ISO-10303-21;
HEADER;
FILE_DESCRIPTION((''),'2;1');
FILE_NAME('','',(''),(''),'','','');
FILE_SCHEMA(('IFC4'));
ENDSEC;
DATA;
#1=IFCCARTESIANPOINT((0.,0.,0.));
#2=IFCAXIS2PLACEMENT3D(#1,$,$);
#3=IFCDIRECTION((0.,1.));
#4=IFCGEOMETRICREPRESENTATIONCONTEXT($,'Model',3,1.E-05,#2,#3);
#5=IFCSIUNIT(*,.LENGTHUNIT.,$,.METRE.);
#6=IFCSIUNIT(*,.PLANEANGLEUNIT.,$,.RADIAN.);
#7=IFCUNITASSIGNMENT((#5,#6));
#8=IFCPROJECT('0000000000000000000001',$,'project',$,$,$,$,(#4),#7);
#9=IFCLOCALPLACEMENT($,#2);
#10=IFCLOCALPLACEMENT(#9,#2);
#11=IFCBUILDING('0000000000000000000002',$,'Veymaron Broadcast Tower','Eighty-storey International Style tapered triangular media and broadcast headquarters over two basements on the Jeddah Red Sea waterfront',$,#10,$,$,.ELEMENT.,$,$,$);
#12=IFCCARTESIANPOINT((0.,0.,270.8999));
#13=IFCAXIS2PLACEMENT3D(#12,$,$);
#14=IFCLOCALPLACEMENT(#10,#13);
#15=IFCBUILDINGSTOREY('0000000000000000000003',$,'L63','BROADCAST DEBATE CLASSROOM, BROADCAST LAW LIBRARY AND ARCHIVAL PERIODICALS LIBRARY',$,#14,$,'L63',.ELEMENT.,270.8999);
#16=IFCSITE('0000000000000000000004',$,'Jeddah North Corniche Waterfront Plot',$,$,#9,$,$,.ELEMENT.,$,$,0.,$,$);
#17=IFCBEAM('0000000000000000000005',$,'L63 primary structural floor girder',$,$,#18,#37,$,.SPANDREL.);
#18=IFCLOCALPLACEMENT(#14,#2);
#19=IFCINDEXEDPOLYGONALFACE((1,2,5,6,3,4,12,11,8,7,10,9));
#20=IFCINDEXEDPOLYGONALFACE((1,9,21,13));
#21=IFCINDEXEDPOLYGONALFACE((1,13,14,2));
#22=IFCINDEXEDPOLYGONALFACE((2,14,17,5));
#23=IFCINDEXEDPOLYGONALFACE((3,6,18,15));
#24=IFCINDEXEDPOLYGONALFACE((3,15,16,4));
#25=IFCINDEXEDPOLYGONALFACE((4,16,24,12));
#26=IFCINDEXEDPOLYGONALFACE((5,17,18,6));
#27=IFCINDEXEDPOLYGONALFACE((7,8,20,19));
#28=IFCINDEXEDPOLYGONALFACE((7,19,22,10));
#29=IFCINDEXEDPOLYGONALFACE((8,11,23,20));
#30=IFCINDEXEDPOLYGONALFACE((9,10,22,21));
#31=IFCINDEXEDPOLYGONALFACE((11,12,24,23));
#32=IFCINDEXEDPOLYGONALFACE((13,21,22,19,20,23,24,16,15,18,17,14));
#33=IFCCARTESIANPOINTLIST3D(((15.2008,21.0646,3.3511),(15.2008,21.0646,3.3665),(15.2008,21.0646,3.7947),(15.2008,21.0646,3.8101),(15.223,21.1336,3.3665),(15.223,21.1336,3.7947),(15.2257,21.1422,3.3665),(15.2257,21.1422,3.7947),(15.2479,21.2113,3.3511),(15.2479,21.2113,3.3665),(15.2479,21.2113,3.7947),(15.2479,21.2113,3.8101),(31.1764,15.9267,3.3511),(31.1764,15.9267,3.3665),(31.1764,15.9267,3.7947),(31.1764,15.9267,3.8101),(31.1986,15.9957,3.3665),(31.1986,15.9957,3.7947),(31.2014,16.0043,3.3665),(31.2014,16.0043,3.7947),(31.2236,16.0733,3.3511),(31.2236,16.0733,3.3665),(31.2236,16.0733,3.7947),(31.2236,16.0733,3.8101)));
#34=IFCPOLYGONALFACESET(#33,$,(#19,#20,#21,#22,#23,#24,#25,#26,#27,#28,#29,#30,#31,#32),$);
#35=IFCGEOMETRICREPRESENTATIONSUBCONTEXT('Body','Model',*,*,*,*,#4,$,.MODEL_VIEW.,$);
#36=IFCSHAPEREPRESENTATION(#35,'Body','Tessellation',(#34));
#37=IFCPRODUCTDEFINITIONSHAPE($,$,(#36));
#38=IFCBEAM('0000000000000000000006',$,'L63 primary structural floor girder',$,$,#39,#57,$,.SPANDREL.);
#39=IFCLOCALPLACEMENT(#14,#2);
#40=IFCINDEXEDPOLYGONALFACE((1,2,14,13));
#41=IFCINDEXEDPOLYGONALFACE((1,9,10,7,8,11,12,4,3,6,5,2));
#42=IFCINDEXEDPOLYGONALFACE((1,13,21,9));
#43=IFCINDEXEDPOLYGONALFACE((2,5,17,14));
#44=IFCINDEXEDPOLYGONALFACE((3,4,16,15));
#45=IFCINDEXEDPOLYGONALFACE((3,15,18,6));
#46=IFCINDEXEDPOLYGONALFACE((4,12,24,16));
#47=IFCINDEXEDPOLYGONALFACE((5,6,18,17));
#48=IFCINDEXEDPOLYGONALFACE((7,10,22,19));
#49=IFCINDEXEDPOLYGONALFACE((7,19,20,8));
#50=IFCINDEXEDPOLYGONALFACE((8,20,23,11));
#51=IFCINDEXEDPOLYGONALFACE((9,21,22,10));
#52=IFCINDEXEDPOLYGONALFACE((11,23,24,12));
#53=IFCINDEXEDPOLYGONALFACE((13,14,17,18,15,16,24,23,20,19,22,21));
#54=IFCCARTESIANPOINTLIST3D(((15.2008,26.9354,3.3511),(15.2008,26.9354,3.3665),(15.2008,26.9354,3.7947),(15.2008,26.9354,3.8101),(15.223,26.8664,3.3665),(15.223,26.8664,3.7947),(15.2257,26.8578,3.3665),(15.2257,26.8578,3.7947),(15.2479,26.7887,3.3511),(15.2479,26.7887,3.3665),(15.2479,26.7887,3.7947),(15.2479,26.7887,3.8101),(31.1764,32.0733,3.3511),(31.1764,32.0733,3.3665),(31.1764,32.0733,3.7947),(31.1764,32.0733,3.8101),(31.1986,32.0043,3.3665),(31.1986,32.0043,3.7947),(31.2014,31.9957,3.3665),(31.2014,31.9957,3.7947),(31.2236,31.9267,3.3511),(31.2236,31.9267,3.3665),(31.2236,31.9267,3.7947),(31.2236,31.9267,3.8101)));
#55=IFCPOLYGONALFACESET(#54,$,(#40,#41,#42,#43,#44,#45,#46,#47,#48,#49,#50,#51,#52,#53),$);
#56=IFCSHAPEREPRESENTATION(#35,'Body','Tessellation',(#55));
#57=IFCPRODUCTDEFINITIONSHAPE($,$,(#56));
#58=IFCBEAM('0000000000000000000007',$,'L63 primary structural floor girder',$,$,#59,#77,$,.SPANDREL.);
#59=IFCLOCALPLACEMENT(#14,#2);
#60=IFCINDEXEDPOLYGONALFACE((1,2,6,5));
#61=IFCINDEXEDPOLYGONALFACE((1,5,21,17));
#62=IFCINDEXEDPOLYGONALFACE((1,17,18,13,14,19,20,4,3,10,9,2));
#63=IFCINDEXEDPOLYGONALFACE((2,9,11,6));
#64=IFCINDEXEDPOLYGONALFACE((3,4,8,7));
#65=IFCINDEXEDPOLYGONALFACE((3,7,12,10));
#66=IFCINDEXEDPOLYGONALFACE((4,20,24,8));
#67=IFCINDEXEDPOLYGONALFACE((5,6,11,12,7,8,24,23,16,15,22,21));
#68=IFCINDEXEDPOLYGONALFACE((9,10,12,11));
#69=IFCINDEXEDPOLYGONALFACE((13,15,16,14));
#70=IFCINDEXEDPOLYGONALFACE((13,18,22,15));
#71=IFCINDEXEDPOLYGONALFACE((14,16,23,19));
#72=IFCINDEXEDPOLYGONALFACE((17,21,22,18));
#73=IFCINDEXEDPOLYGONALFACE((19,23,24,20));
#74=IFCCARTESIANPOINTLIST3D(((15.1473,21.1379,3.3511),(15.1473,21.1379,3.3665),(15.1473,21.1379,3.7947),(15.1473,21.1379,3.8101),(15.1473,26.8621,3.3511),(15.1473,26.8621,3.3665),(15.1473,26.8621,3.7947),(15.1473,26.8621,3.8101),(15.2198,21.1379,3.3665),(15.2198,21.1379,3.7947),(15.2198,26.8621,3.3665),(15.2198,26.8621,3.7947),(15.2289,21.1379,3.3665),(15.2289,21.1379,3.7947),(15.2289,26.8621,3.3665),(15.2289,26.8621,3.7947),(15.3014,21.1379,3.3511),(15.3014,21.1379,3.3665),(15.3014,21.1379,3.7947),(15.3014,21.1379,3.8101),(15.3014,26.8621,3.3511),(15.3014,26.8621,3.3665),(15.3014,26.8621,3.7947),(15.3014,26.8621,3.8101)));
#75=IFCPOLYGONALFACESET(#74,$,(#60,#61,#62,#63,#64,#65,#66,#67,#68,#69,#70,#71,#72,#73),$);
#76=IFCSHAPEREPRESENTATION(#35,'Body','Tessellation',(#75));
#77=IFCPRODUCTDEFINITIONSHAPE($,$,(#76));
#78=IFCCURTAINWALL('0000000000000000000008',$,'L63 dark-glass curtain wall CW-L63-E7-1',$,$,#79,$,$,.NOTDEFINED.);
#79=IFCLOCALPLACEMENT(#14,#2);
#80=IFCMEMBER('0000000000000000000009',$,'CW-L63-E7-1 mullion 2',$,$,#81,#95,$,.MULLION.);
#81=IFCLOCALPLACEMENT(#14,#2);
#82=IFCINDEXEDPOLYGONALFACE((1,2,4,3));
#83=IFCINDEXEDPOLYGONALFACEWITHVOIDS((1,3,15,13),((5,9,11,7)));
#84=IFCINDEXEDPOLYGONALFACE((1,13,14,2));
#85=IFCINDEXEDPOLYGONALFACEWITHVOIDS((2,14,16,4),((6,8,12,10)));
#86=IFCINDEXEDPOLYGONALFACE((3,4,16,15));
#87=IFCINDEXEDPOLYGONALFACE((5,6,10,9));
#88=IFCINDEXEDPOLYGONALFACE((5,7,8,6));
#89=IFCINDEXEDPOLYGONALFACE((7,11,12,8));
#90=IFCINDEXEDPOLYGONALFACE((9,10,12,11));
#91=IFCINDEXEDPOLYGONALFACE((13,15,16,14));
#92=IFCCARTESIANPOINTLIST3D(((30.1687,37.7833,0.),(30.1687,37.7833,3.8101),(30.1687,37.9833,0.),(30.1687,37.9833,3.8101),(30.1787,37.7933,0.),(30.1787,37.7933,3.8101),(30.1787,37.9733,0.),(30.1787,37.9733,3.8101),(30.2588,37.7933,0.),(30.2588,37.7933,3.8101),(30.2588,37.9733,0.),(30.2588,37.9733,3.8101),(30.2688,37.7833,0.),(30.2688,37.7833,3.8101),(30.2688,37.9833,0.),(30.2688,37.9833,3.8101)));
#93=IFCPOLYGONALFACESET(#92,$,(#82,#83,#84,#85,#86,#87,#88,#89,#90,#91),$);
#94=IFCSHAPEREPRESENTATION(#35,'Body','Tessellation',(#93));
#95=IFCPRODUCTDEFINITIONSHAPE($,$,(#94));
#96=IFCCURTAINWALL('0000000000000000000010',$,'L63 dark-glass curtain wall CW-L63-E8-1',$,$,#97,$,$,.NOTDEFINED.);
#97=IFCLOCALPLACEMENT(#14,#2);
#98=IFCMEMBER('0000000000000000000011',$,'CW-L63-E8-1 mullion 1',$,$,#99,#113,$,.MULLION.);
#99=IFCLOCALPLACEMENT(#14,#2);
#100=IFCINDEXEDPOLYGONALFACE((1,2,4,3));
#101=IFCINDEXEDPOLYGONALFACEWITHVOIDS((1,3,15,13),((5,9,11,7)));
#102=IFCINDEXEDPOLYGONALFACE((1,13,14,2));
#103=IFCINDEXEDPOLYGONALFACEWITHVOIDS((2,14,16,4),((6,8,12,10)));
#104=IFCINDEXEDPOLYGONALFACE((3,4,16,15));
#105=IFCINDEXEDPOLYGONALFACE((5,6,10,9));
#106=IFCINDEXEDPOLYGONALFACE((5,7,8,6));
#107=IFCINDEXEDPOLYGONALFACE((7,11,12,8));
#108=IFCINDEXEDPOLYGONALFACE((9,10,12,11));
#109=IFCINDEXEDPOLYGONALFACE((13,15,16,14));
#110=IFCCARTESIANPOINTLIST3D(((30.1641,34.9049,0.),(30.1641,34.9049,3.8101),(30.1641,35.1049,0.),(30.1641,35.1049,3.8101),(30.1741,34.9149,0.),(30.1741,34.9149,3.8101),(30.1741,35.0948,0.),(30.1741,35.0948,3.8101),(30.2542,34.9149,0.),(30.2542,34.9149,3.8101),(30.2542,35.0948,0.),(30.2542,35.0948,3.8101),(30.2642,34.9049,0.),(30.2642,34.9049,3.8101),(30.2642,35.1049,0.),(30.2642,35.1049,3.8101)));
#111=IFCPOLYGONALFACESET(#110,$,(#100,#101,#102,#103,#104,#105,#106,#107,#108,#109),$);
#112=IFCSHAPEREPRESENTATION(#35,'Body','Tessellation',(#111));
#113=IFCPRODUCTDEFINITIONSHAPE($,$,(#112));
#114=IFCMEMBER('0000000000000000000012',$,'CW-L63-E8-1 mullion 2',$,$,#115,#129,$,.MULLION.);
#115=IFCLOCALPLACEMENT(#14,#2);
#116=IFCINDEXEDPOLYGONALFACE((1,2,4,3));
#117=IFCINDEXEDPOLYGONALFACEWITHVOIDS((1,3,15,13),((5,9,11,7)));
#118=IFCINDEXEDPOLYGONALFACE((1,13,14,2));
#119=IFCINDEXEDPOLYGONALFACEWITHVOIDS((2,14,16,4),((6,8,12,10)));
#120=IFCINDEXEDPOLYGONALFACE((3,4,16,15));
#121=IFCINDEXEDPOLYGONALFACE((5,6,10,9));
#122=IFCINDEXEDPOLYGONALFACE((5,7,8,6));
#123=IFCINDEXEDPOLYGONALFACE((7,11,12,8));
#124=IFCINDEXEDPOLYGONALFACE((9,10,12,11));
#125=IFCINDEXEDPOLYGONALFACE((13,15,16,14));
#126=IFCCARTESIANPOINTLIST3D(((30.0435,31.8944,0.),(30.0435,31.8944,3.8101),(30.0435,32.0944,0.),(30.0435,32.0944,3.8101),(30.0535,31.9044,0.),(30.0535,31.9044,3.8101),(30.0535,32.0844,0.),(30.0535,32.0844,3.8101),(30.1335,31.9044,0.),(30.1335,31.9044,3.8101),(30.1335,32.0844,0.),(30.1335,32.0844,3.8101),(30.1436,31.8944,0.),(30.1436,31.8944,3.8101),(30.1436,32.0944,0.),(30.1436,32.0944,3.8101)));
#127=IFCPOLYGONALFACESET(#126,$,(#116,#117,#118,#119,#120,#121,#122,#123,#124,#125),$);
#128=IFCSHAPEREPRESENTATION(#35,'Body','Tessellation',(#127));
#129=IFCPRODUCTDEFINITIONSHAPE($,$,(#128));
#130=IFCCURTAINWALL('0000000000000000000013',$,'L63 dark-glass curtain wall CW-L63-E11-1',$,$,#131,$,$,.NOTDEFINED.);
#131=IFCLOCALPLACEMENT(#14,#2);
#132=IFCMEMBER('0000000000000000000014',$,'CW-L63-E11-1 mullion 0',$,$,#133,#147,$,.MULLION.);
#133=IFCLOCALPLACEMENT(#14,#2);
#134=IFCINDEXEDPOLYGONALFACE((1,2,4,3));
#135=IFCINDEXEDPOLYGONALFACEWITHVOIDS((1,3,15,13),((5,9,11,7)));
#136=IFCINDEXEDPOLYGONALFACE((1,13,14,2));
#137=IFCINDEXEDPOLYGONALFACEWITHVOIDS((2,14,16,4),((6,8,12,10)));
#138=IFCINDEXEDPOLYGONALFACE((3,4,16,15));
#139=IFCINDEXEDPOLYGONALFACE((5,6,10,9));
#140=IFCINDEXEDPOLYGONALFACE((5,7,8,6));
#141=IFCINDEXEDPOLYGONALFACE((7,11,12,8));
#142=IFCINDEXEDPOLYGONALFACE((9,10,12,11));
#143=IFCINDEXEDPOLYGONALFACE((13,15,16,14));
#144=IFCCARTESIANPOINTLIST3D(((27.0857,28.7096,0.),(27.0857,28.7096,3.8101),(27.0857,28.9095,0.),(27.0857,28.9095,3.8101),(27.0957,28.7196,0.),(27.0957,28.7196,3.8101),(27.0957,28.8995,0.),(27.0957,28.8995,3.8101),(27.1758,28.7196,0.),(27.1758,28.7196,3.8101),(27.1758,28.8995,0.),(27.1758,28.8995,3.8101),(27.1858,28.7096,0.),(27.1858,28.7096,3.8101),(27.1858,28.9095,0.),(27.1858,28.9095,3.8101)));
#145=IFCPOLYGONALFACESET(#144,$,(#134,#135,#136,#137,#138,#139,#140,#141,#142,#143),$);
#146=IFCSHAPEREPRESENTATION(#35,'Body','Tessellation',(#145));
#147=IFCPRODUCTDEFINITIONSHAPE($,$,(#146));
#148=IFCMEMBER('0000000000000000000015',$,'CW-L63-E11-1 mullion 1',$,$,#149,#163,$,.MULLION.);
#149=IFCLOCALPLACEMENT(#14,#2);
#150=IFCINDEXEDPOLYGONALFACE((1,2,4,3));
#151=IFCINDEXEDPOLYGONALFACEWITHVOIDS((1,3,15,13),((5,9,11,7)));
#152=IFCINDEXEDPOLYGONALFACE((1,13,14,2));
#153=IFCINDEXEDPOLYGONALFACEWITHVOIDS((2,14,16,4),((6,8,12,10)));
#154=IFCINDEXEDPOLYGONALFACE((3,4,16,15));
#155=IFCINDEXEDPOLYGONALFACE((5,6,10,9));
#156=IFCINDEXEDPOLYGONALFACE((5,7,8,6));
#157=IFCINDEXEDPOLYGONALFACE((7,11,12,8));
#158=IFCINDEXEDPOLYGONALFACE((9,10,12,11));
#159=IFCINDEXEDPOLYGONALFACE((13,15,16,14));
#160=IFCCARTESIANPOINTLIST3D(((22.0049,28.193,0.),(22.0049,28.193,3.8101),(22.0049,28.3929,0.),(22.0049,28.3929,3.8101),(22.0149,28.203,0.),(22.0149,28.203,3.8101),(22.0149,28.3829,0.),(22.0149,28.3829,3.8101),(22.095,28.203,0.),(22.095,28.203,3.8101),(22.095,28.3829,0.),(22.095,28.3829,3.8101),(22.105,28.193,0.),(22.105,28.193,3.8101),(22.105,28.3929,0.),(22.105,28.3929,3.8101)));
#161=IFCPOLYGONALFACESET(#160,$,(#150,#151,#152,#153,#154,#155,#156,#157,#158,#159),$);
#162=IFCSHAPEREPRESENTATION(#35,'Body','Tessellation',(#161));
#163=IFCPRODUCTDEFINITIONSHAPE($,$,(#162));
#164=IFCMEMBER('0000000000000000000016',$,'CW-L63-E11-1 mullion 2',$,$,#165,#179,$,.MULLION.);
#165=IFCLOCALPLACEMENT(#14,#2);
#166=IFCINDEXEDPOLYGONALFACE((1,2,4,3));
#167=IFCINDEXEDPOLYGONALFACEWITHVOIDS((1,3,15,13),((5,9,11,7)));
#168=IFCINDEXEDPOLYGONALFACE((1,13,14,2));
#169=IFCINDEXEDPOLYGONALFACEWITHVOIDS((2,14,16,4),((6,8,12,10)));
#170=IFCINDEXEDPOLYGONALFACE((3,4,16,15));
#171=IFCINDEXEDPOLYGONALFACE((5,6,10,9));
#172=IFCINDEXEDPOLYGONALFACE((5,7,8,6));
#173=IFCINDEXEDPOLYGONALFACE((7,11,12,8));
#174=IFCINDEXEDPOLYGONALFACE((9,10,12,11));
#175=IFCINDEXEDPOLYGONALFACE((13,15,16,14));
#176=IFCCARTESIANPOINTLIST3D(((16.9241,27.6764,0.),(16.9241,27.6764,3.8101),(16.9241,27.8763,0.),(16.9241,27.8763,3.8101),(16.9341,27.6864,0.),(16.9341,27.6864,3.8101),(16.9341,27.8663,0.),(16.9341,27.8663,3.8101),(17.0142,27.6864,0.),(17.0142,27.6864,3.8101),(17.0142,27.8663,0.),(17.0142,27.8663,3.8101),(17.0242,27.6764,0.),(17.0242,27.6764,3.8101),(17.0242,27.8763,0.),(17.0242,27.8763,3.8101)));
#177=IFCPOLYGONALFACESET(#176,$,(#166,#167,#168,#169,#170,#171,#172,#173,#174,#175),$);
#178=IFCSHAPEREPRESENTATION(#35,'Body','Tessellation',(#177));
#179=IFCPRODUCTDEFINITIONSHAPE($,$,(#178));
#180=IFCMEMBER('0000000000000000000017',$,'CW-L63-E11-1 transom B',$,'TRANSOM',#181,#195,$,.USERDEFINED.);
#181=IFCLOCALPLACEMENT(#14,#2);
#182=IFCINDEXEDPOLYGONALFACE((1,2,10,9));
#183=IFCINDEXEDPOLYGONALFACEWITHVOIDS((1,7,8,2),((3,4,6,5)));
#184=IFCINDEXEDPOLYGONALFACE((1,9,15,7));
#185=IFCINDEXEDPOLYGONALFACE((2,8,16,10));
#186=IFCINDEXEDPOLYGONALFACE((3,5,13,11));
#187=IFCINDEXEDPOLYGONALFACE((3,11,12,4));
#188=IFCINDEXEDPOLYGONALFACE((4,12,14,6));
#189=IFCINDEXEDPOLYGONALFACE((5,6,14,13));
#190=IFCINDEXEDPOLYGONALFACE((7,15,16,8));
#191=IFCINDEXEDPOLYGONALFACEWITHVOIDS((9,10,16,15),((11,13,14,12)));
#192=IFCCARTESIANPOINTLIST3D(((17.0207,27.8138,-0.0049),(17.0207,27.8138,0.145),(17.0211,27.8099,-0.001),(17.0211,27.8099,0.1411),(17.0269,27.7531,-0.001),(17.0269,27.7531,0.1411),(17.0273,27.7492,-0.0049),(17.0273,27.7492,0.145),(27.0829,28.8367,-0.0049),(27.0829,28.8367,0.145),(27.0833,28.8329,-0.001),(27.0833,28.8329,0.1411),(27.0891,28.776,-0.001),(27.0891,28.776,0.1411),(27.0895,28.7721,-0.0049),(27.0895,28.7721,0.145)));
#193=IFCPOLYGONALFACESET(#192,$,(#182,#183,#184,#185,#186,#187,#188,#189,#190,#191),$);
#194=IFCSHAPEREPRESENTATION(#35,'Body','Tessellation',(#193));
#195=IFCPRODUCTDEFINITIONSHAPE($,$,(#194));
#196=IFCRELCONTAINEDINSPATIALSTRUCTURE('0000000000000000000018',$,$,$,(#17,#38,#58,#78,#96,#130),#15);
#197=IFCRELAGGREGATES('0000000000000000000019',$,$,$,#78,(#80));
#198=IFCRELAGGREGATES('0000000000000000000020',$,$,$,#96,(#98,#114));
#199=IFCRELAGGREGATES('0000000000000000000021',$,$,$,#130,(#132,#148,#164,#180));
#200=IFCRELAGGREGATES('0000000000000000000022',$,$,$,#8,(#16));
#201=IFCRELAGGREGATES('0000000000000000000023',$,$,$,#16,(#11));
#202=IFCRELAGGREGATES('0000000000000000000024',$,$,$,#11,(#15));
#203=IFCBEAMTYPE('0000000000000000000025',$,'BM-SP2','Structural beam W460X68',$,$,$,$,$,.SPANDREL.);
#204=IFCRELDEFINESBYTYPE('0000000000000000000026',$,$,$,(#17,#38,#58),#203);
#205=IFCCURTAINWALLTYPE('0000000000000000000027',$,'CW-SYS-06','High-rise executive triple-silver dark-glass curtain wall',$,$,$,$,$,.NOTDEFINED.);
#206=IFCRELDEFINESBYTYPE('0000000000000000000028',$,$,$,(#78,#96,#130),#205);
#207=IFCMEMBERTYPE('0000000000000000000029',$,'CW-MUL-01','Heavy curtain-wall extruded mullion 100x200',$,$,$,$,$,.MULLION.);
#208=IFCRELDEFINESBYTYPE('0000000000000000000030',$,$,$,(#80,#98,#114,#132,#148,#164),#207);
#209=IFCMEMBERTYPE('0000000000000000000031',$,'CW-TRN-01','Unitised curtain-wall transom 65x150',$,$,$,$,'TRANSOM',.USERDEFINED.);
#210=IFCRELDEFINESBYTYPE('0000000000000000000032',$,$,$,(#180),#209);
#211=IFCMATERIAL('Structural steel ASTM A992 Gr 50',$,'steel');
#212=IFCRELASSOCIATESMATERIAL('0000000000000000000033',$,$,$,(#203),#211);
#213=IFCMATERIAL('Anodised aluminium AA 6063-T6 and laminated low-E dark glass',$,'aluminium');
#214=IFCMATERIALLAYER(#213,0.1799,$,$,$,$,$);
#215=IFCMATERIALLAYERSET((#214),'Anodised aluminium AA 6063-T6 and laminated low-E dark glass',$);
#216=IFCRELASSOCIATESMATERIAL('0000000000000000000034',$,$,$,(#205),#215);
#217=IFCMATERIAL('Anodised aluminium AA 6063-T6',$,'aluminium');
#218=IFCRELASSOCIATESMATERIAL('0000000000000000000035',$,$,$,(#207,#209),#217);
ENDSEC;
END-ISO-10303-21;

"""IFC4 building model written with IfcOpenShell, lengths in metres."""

from ifc_helpers import new_model, si_unit, direction, frame, origin, origin_2d, place, context, subcontext, project, spatial, hollow_rectangle, i_section, extrude, material, layer, layer_set, material_profile, profile_set, type_object, element, aggregate, save


model = new_model("IFC4")

# Units and contexts
model_context = context("Model", 3, precision=1e-05, world=origin(), true_north=direction((0.0, 1.0)))
body_context = subcontext(model_context, "Body", "Model", "MODEL_VIEW")
ifc_project = project(units=[si_unit("LENGTHUNIT", "METRE"), si_unit("PLANEANGLEUNIT", "RADIAN")], contexts=[model_context])

# Site, building, storey
site_placement = place(None, origin())
site = spatial("IfcSite", under=ifc_project, at=site_placement, Name="Jeddah North Corniche Waterfront Plot", CompositionType="ELEMENT", RefElevation=0.0)
building_placement = place(site_placement, origin())
building = spatial("IfcBuilding", under=site, at=building_placement, Name="Veymaron Broadcast Tower", Description="Eighty-storey International Style tapered triangular media and broadcast headquarters over two basements on the Jeddah Red Sea waterfront", CompositionType="ELEMENT")
storey_placement = place(building_placement, frame((0.0, 0.0, 270.8999)))
storey = spatial("IfcBuildingStorey", under=building, at=storey_placement, Name="L63", Description="BROADCAST DEBATE CLASSROOM, BROADCAST LAW LIBRARY AND ARCHIVAL PERIODICALS LIBRARY", LongName="L63", CompositionType="ELEMENT", Elevation=270.8999)

# Beams
ifc_material_1 = material(Name="Structural steel ASTM A992 Gr 50", Category="steel")
ifc_material_profile_1 = material_profile(ifc_material_1, i_section(OverallWidth=0.1541, OverallDepth=0.459, WebThickness=0.009, FlangeThickness=0.0154, at=origin_2d()), Name="W460X68")
ifc_profile_set_1 = profile_set([ifc_material_profile_1], Name="Structural steel ASTM A992 Gr 50")
beam_type_1 = type_object("IfcBeamType", Name="BM-SP2", Description="Structural beam W460X68", PredefinedType="SPANDREL", material=ifc_profile_set_1)
for number, where, z_axis, x_axis, name in (
    (1, (15.2244, 21.1379, 3.5806), (0.951978, -0.306167, 0.0), (0.306167, 0.951978, 0.0), "L63 primary structural floor girder"),
    (2, (15.2244, 26.8621, 3.5806), (0.951978, 0.306167, 0.0), (-0.306167, 0.951978, 0.0), "L63 primary structural floor girder"),
):
    element("IfcBeam", number, at=place(storey_placement, frame(where, z_axis=z_axis, x_axis=x_axis)), inside=storey, type_object=beam_type_1, Name=name, PredefinedType="SPANDREL", context=body_context, shape_type="SweptSolid", body=[
        extrude(i_section(OverallWidth=0.1541, OverallDepth=0.459, WebThickness=0.009, FlangeThickness=0.0154, at=origin_2d()), origin(), (0.0, 0.0, 1.0), 16.7815),
    ])
beam_1_placement = place(storey_placement, frame((15.2244, 21.1379, 3.5806), z_axis=(0.0, 1.0, 0.0), x_axis=(-1.0, 0.0, 0.0)))
element("IfcBeam", 3, at=beam_1_placement, inside=storey, type_object=beam_type_1, Name="L63 primary structural floor girder", PredefinedType="SPANDREL", context=body_context, shape_type="SweptSolid", body=[
    extrude(i_section(OverallWidth=0.1541, OverallDepth=0.459, WebThickness=0.009, FlangeThickness=0.0154, at=origin_2d()), origin(), (0.0, 0.0, 1.0), 5.7241),
])

# Curtain wall, member
ifc_material_2 = material(Name="Anodised aluminium AA 6063-T6 and laminated low-E dark glass", Category="aluminium")
ifc_layer_1 = layer(ifc_material_2, 0.1799)
ifc_layer_set_1 = layer_set([ifc_layer_1], Name="Anodised aluminium AA 6063-T6 and laminated low-E dark glass")
curtain_wall_type = type_object("IfcCurtainWallType", Name="CW-SYS-06", Description="High-rise executive triple-silver dark-glass curtain wall", PredefinedType="NOTDEFINED", material=ifc_layer_set_1)
curtain_wall_1_placement = place(storey_placement, origin())
curtain_wall_1 = element("IfcCurtainWall", 4, at=curtain_wall_1_placement, inside=storey, type_object=curtain_wall_type, Name="L63 dark-glass curtain wall CW-L63-E7-1", PredefinedType="NOTDEFINED")
ifc_material_3 = material(Name="Anodised aluminium AA 6063-T6", Category="aluminium")
ifc_material_profile_2 = material_profile(ifc_material_3, hollow_rectangle(XDim=0.1001, YDim=0.2, WallThickness=0.01, at=origin_2d()), Name="RHS200X100X10")
ifc_profile_set_2 = profile_set([ifc_material_profile_2], Name="Anodised aluminium AA 6063-T6")
member_type_1 = type_object("IfcMemberType", Name="CW-MUL-01", Description="Heavy curtain-wall extruded mullion 100x200", PredefinedType="MULLION", material=ifc_profile_set_2)
member_1_placement = place(storey_placement, frame((30.2188, 37.8833, 0.0), z_axis=(0.0, 0.0, 1.0), x_axis=(1.0, 0.0, 0.0)))
member_1 = element("IfcMember", 5, at=member_1_placement, type_object=member_type_1, Name="CW-L63-E7-1 mullion 2", PredefinedType="MULLION", context=body_context, shape_type="SweptSolid", body=[
    extrude(hollow_rectangle(XDim=0.1001, YDim=0.2, WallThickness=0.01, at=origin_2d()), origin(), (0.0, 0.0, 1.0), 3.8101),
])
aggregate(curtain_wall_1, [member_1])

# Curtain walls, members
curtain_wall_2_placement = place(storey_placement, origin())
curtain_wall_2 = element("IfcCurtainWall", 6, at=curtain_wall_2_placement, inside=storey, type_object=curtain_wall_type, Name="L63 dark-glass curtain wall CW-L63-E8-1", PredefinedType="NOTDEFINED")
member_2_placement = place(storey_placement, frame((30.2141, 35.0049, 0.0), z_axis=(0.0, 0.0, 1.0), x_axis=(1.0, 0.0, 0.0)))
member_2 = element("IfcMember", 7, at=member_2_placement, type_object=member_type_1, Name="CW-L63-E8-1 mullion 1", PredefinedType="MULLION", context=body_context, shape_type="SweptSolid", body=[
    extrude(hollow_rectangle(XDim=0.1001, YDim=0.2, WallThickness=0.01, at=origin_2d()), origin(), (0.0, 0.0, 1.0), 3.8101),
])
member_3_placement = place(storey_placement, frame((30.0935, 31.9944, 0.0), z_axis=(0.0, 0.0, 1.0), x_axis=(1.0, 0.0, 0.0)))
member_3 = element("IfcMember", 8, at=member_3_placement, type_object=member_type_1, Name="CW-L63-E8-1 mullion 2", PredefinedType="MULLION", context=body_context, shape_type="SweptSolid", body=[
    extrude(hollow_rectangle(XDim=0.1001, YDim=0.2, WallThickness=0.01, at=origin_2d()), origin(), (0.0, 0.0, 1.0), 3.8101),
])
curtain_wall_3_placement = place(storey_placement, origin())
curtain_wall_3 = element("IfcCurtainWall", 9, at=curtain_wall_3_placement, inside=storey, type_object=curtain_wall_type, Name="L63 dark-glass curtain wall CW-L63-E11-1", PredefinedType="NOTDEFINED")
member_4_placement = place(storey_placement, frame((27.1357, 28.8096, 0.0), z_axis=(0.0, 0.0, 1.0), x_axis=(1.0, 0.0, 0.0)))
member_4 = element("IfcMember", 10, at=member_4_placement, type_object=member_type_1, Name="CW-L63-E11-1 mullion 0", PredefinedType="MULLION", context=body_context, shape_type="SweptSolid", body=[
    extrude(hollow_rectangle(XDim=0.1001, YDim=0.2, WallThickness=0.01, at=origin_2d()), origin(), (0.0, 0.0, 1.0), 3.8101),
])
member_5_placement = place(storey_placement, frame((22.0549, 28.293, 0.0), z_axis=(0.0, 0.0, 1.0), x_axis=(1.0, 0.0, 0.0)))
member_5 = element("IfcMember", 11, at=member_5_placement, type_object=member_type_1, Name="CW-L63-E11-1 mullion 1", PredefinedType="MULLION", context=body_context, shape_type="SweptSolid", body=[
    extrude(hollow_rectangle(XDim=0.1001, YDim=0.2, WallThickness=0.01, at=origin_2d()), origin(), (0.0, 0.0, 1.0), 3.8101),
])
member_6_placement = place(storey_placement, frame((16.9741, 27.7764, 0.0), z_axis=(0.0, 0.0, 1.0), x_axis=(1.0, 0.0, 0.0)))
member_6 = element("IfcMember", 12, at=member_6_placement, type_object=member_type_1, Name="CW-L63-E11-1 mullion 2", PredefinedType="MULLION", context=body_context, shape_type="SweptSolid", body=[
    extrude(hollow_rectangle(XDim=0.1001, YDim=0.2, WallThickness=0.01, at=origin_2d()), origin(), (0.0, 0.0, 1.0), 3.8101),
])
ifc_material_profile_3 = material_profile(ifc_material_3, hollow_rectangle(XDim=0.0649, YDim=0.1499, WallThickness=0.0039, at=origin_2d()), Name="AL150X65X4")
ifc_profile_set_3 = profile_set([ifc_material_profile_3], Name="Anodised aluminium AA 6063-T6")
member_type_2 = type_object("IfcMemberType", Name="CW-TRN-01", Description="Unitised curtain-wall transom 65x150", ElementType="TRANSOM", PredefinedType="USERDEFINED", material=ifc_profile_set_3)
member_7_placement = place(storey_placement, frame((27.0862, 28.8044, 0.0701), z_axis=(-0.994872, -0.101141, 0.0), x_axis=(0.101141, -0.994872, 0.0)))
member_7 = element("IfcMember", 13, at=member_7_placement, type_object=member_type_2, Name="CW-L63-E11-1 transom B", ObjectType="TRANSOM", PredefinedType="USERDEFINED", context=body_context, shape_type="SweptSolid", body=[
    extrude(hollow_rectangle(XDim=0.0649, YDim=0.1499, WallThickness=0.0039, at=origin_2d()), origin(), (0.0, 0.0, 1.0), 10.114),
])

aggregate(curtain_wall_2, [member_2, member_3])
aggregate(curtain_wall_3, [member_4, member_5, member_6, member_7])

save(model, "model.ifc")
